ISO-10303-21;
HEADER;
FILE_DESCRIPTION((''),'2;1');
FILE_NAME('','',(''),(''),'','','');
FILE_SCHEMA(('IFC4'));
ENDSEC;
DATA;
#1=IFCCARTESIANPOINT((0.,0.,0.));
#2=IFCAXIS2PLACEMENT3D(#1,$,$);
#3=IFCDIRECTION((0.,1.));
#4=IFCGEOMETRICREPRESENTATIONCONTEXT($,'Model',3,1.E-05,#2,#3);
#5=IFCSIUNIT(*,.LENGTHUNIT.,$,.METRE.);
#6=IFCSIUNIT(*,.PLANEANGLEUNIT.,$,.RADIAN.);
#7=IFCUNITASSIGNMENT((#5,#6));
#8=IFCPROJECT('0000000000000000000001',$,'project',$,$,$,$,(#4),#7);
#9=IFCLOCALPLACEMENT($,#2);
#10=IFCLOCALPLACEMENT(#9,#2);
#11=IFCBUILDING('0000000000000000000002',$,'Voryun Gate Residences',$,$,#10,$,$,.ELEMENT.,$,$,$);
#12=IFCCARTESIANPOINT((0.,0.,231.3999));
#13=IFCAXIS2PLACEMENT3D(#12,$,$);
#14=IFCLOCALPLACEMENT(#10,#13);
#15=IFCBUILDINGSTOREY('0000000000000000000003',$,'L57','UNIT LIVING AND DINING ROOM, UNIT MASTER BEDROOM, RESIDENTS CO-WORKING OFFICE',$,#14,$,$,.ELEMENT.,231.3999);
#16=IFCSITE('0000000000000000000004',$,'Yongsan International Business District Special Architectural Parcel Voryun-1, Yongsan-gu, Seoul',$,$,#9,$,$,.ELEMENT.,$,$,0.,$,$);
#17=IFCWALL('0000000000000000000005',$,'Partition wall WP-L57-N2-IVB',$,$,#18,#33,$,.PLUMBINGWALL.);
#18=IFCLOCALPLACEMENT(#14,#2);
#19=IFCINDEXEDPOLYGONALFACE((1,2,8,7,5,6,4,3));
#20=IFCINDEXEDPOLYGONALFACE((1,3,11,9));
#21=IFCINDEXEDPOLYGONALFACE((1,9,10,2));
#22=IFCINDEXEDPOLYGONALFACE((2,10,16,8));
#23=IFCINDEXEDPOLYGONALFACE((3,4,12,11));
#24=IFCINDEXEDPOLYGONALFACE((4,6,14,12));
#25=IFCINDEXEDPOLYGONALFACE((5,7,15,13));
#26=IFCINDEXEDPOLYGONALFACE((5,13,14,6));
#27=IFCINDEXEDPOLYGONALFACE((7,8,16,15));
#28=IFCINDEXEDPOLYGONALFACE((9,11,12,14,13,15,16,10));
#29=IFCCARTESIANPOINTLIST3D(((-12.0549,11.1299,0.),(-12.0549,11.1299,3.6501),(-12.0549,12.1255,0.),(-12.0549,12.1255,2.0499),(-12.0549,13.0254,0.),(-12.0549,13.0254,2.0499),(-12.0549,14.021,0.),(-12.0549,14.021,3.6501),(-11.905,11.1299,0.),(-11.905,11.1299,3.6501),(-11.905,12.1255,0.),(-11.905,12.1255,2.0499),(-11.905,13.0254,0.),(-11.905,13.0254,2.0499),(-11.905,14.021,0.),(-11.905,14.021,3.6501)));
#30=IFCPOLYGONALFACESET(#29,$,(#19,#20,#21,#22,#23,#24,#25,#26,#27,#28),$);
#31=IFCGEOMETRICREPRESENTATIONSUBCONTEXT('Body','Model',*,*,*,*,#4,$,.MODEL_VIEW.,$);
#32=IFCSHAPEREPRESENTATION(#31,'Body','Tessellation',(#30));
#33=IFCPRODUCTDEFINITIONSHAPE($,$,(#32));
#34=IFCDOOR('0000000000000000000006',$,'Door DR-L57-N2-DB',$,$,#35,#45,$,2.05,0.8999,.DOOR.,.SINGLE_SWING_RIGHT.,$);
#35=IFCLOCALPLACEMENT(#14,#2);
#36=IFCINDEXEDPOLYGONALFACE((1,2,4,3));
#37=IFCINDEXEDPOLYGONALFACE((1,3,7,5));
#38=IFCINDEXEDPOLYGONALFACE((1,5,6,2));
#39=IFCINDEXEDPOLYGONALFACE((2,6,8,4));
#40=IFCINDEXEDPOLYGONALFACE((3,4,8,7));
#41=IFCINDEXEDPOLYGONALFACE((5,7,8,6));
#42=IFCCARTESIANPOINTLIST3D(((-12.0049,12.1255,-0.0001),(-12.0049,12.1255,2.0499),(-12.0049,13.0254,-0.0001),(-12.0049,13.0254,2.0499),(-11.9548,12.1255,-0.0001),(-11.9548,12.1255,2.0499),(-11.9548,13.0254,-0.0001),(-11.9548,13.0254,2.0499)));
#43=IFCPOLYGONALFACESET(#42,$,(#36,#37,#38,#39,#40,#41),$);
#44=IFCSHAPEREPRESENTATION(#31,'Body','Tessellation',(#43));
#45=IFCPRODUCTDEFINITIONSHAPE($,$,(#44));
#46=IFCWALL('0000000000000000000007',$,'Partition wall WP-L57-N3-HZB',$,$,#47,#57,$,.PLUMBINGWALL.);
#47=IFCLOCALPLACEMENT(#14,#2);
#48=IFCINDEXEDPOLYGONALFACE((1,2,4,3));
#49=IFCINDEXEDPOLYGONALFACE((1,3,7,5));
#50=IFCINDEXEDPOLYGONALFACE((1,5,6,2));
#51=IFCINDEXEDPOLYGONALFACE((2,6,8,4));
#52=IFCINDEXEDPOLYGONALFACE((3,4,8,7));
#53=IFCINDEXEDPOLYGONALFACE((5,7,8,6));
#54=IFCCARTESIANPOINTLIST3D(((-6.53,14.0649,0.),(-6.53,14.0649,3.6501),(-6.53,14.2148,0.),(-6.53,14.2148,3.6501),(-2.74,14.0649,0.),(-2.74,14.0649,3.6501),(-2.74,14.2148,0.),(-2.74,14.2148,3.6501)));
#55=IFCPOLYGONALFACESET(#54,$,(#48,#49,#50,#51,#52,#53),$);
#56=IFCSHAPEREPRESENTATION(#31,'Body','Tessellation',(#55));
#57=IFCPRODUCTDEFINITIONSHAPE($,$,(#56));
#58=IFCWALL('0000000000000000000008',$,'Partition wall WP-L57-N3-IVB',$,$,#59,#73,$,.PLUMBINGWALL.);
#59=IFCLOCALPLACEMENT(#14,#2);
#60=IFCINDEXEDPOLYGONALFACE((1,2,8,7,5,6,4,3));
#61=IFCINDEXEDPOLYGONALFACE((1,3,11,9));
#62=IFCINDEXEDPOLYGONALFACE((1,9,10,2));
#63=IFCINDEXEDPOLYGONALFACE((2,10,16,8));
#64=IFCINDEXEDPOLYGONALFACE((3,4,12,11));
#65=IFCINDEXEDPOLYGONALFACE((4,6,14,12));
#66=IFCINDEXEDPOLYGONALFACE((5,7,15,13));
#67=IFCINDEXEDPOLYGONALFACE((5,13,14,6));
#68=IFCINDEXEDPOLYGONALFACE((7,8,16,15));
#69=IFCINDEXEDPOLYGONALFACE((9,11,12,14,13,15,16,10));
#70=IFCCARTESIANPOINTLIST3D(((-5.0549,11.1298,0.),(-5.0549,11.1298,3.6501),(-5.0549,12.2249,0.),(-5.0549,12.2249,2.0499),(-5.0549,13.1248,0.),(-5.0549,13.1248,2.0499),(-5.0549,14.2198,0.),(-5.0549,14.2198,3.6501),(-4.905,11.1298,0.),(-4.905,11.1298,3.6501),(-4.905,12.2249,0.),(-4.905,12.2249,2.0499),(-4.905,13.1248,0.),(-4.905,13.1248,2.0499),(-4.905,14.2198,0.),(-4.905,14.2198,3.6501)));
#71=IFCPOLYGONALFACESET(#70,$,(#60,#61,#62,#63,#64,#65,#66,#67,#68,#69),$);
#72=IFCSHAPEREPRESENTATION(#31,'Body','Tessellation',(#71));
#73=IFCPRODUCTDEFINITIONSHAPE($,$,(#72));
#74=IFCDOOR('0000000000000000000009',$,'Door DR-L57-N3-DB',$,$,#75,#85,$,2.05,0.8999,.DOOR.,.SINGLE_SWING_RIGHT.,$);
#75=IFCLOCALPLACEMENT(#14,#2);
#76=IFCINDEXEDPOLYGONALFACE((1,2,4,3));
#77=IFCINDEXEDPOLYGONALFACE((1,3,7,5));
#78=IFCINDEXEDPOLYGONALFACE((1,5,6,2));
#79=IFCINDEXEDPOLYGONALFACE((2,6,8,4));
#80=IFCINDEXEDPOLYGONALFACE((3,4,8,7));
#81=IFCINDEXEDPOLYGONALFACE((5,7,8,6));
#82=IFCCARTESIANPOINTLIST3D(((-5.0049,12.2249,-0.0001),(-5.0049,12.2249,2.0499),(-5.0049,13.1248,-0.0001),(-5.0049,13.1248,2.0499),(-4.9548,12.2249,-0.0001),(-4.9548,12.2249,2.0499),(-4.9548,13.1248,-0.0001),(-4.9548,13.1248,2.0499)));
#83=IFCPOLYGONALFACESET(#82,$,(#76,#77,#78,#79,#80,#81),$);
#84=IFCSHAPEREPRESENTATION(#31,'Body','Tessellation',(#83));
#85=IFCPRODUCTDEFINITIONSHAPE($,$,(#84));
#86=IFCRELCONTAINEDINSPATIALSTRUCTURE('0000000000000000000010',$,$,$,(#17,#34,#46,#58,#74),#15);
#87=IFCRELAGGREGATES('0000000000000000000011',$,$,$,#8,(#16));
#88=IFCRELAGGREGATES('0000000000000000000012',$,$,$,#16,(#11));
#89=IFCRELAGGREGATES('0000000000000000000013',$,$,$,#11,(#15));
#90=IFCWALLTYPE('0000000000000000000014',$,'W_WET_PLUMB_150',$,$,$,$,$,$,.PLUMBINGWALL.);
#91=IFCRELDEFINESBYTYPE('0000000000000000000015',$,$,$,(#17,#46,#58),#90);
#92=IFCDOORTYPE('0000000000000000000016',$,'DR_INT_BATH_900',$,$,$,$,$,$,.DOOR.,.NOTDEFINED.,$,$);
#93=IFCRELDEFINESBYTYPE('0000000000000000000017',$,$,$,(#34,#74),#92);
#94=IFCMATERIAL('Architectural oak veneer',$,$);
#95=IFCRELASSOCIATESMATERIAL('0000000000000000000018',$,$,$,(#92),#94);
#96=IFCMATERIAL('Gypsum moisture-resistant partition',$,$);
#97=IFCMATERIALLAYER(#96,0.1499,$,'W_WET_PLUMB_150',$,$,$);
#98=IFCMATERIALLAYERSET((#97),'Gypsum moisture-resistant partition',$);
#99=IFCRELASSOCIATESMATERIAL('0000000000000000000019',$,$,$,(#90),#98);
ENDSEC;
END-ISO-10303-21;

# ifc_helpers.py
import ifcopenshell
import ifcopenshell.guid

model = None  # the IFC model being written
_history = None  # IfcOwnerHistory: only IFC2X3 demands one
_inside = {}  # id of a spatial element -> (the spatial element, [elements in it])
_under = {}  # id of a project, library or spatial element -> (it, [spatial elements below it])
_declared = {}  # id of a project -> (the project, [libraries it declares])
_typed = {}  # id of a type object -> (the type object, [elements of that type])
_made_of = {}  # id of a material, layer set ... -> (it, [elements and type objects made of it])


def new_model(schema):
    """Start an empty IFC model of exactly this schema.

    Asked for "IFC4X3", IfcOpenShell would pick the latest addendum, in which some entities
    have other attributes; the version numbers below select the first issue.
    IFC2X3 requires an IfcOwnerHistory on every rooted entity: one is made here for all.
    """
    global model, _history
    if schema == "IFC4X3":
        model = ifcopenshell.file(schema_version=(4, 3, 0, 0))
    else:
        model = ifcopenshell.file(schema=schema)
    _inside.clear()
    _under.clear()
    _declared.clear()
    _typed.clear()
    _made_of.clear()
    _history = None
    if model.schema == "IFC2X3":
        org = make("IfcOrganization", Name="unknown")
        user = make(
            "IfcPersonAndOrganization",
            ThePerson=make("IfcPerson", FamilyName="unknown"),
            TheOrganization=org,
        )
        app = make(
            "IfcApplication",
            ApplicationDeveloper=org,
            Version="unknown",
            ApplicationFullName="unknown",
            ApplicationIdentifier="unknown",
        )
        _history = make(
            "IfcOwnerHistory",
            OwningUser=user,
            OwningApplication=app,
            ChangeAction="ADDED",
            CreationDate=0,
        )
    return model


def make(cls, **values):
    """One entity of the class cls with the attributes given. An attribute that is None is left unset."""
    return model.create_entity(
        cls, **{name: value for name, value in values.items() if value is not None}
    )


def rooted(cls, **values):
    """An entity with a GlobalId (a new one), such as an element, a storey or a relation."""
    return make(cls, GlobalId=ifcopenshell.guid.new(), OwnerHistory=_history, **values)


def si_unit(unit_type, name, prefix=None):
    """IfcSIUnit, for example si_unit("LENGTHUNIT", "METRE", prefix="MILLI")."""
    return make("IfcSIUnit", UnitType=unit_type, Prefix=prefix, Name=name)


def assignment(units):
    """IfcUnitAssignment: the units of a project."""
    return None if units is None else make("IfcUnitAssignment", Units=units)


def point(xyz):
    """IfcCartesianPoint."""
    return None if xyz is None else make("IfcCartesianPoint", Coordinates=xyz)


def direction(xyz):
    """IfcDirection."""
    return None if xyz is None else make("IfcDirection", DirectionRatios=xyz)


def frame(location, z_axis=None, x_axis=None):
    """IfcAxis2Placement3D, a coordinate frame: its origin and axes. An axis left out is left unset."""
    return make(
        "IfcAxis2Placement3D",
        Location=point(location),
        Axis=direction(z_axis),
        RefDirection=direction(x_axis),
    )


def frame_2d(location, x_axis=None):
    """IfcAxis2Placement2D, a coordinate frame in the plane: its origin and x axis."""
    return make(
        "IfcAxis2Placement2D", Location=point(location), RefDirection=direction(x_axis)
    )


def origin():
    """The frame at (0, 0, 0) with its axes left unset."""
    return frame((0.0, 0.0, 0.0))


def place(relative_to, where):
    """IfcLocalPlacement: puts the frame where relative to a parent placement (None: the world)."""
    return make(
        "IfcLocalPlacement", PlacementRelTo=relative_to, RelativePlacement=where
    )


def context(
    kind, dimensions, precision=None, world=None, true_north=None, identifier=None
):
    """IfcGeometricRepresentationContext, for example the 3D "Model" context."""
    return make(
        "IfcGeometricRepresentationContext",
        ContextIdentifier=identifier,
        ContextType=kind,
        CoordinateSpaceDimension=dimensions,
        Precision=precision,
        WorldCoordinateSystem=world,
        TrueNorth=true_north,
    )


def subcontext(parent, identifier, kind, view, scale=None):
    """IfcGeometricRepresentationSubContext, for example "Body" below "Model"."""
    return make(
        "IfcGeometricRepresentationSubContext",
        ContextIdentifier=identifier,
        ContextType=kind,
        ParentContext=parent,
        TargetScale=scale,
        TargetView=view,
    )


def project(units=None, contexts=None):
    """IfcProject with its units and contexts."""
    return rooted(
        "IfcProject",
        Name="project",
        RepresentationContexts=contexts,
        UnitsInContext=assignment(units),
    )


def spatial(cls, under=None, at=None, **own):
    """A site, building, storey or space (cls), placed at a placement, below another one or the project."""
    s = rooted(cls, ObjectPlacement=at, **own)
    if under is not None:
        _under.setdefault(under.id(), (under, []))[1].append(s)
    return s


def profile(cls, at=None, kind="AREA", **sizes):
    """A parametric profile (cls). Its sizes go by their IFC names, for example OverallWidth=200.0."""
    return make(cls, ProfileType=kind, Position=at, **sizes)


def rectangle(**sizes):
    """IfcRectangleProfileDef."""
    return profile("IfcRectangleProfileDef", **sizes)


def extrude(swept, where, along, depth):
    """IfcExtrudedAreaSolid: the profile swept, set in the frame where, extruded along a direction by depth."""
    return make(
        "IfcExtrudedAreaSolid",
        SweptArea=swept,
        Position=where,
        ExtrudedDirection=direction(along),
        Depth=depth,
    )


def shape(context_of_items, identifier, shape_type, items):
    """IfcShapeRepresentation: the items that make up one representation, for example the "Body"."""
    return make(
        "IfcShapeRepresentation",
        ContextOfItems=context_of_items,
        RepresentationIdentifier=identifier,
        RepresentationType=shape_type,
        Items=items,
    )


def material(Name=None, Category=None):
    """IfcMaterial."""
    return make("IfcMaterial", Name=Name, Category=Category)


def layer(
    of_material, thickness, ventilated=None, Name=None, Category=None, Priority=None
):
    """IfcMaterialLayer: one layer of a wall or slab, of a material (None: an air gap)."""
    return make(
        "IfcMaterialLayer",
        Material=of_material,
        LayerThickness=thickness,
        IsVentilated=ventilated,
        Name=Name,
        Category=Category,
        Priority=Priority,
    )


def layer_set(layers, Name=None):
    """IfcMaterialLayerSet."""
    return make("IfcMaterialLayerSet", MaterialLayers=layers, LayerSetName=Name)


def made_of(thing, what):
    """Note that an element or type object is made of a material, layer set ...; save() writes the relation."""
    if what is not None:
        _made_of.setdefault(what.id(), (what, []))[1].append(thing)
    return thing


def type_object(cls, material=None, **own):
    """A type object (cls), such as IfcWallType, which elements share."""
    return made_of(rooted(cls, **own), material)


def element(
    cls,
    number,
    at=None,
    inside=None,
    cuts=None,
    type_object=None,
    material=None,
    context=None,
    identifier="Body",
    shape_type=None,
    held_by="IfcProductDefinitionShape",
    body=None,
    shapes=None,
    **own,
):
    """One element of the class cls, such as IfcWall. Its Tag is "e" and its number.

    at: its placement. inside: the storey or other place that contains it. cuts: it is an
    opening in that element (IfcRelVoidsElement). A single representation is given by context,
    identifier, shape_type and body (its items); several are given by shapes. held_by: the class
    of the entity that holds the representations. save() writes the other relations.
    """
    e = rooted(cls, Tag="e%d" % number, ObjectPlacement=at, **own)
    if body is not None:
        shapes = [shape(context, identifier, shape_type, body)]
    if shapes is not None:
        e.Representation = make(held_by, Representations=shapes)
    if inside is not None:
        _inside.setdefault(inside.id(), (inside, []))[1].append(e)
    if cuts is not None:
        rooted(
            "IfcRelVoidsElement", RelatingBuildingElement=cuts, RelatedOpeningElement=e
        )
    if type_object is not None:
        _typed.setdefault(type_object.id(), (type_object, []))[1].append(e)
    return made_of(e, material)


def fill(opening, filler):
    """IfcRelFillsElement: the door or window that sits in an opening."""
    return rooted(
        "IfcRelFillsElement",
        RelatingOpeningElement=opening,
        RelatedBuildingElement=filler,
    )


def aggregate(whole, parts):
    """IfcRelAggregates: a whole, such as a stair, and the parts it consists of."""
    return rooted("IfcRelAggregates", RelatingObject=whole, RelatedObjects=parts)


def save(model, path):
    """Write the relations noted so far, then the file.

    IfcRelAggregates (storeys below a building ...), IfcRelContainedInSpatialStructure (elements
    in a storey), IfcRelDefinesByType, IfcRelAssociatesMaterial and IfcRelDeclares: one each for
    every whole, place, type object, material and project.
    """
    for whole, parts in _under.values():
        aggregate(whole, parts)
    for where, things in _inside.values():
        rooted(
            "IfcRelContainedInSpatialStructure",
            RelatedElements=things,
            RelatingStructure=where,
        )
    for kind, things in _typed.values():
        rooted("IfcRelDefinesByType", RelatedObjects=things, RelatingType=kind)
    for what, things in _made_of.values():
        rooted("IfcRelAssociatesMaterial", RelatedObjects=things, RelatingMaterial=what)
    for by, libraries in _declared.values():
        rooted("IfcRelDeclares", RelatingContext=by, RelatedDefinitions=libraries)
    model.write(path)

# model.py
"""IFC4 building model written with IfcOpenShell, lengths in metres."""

from ifc_helpers import new_model, si_unit, direction, frame, frame_2d, origin, place, context, subcontext, project, spatial, rectangle, extrude, material, layer, layer_set, type_object, element, fill, save


model = new_model("IFC4")

# Units and contexts
model_context = context("Model", 3, precision=1e-05, world=origin(), true_north=direction((0.0, 1.0)))
body_context = subcontext(model_context, "Body", "Model", "MODEL_VIEW")
ifc_project = project(units=[si_unit("LENGTHUNIT", "METRE"), si_unit("PLANEANGLEUNIT", "RADIAN")], contexts=[model_context])

# Site, building, storey
site_placement = place(None, origin())
site = spatial("IfcSite", under=ifc_project, at=site_placement, Name="Yongsan International Business District Special Architectural Parcel Voryun-1, Yongsan-gu, Seoul", CompositionType="ELEMENT", RefElevation=0.0)
building_placement = place(site_placement, origin())
building = spatial("IfcBuilding", under=site, at=building_placement, Name="Voryun Gate Residences", CompositionType="ELEMENT")
storey_placement = place(building_placement, frame((0.0, 0.0, 231.3999)))
storey = spatial("IfcBuildingStorey", under=building, at=storey_placement, Name="L57", Description="UNIT LIVING AND DINING ROOM, UNIT MASTER BEDROOM, RESIDENTS CO-WORKING OFFICE", CompositionType="ELEMENT", Elevation=231.3999)

# Shared definitions
ifc_material_1 = material(Name="Architectural oak veneer")
door_type_1 = type_object("IfcDoorType", Name="DR_INT_BATH_900", OperationType="NOTDEFINED", PredefinedType="DOOR", material=ifc_material_1)

# Shared definitions
ifc_material_2 = material(Name="Gypsum moisture-resistant partition")
ifc_layer_1 = layer(ifc_material_2, 0.1499, Name="W_WET_PLUMB_150")
ifc_layer_set_1 = layer_set([ifc_layer_1], Name="Gypsum moisture-resistant partition")
wall_type_1 = type_object("IfcWallType", Name="W_WET_PLUMB_150", PredefinedType="PLUMBINGWALL", material=ifc_layer_set_1)

# Wall, opening, door
wall_1_placement = place(storey_placement, frame((-11.98, 11.1299, 0.0), z_axis=(0.0, 0.0, 1.0), x_axis=(0.0, 1.0, 0.0)))
wall_1 = element("IfcWall", 1, at=wall_1_placement, inside=storey, type_object=wall_type_1, Name="Partition wall WP-L57-N2-IVB", PredefinedType="PLUMBINGWALL", context=body_context, shape_type="SweptSolid", body=[
    extrude(rectangle(XDim=2.8911, YDim=0.1499, at=frame_2d((1.4456, 0.0))), origin(), (0.0, 0.0, 1.0), 3.6501),
])
opening_1_placement = place(wall_1_placement, frame((0.9956, 0.0, 0.0)))
opening_1 = element("IfcOpeningElement", 2, at=opening_1_placement, cuts=wall_1, PredefinedType="OPENING", context=body_context, shape_type="SweptSolid", body=[
    extrude(rectangle(XDim=0.8999, YDim=2.05, at=frame_2d((0.45, 1.0249))), frame((0.0, 0.085, 0.0), z_axis=(0.0, -1.0, 0.0), x_axis=(1.0, 0.0, 0.0)), (0.0, 0.0, 1.0), 0.1699),
])
door_1_placement = place(opening_1_placement, origin())
door_1 = element("IfcDoor", 3, at=door_1_placement, inside=storey, type_object=door_type_1, Name="Door DR-L57-N2-DB", OperationType="SINGLE_SWING_RIGHT", OverallHeight=2.05, OverallWidth=0.8999, PredefinedType="DOOR", context=body_context, shape_type="SweptSolid", body=[
    extrude(rectangle(XDim=0.8999, YDim=2.05, at=frame_2d((0.45, 1.0249))), frame((0.0, 0.0249, 0.0), z_axis=(0.0, -1.0, 0.0), x_axis=(1.0, 0.0, 0.0)), (0.0, 0.0, 1.0), 0.05),
])
fill(opening_1, door_1)

# Wall
wall_2_placement = place(storey_placement, frame((-6.53, 14.1399, 0.0), z_axis=(0.0, 0.0, 1.0), x_axis=(1.0, 0.0, 0.0)))
element("IfcWall", 4, at=wall_2_placement, inside=storey, type_object=wall_type_1, Name="Partition wall WP-L57-N3-HZB", PredefinedType="PLUMBINGWALL", context=body_context, shape_type="SweptSolid", body=[
    extrude(rectangle(XDim=3.79, YDim=0.1499, at=frame_2d((1.895, 0.0))), origin(), (0.0, 0.0, 1.0), 3.6501),
])

# Wall, opening, door
wall_3_placement = place(storey_placement, frame((-4.98, 11.1299, 0.0), z_axis=(0.0, 0.0, 1.0), x_axis=(0.0, 1.0, 0.0)))
wall_3 = element("IfcWall", 5, at=wall_3_placement, inside=storey, type_object=wall_type_1, Name="Partition wall WP-L57-N3-IVB", PredefinedType="PLUMBINGWALL", context=body_context, shape_type="SweptSolid", body=[
    extrude(rectangle(XDim=3.0901, YDim=0.1499, at=frame_2d((1.5449, 0.0))), origin(), (0.0, 0.0, 1.0), 3.6501),
])
opening_2_placement = place(wall_3_placement, frame((1.095, 0.0, 0.0)))
opening_2 = element("IfcOpeningElement", 6, at=opening_2_placement, cuts=wall_3, PredefinedType="OPENING", context=body_context, shape_type="SweptSolid", body=[
    extrude(rectangle(XDim=0.8999, YDim=2.05, at=frame_2d((0.45, 1.0249))), frame((0.0, 0.085, 0.0), z_axis=(0.0, -1.0, 0.0), x_axis=(1.0, 0.0, 0.0)), (0.0, 0.0, 1.0), 0.1699),
])
door_2_placement = place(opening_2_placement, origin())
door_2 = element("IfcDoor", 7, at=door_2_placement, inside=storey, type_object=door_type_1, Name="Door DR-L57-N3-DB", OperationType="SINGLE_SWING_RIGHT", OverallHeight=2.05, OverallWidth=0.8999, PredefinedType="DOOR", context=body_context, shape_type="SweptSolid", body=[
    extrude(rectangle(XDim=0.8999, YDim=2.05, at=frame_2d((0.45, 1.0249))), frame((0.0, 0.0249, 0.0), z_axis=(0.0, -1.0, 0.0), x_axis=(1.0, 0.0, 0.0)), (0.0, 0.0, 1.0), 0.05),
])
fill(opening_2, door_2)

save(model, "model.ifc")
